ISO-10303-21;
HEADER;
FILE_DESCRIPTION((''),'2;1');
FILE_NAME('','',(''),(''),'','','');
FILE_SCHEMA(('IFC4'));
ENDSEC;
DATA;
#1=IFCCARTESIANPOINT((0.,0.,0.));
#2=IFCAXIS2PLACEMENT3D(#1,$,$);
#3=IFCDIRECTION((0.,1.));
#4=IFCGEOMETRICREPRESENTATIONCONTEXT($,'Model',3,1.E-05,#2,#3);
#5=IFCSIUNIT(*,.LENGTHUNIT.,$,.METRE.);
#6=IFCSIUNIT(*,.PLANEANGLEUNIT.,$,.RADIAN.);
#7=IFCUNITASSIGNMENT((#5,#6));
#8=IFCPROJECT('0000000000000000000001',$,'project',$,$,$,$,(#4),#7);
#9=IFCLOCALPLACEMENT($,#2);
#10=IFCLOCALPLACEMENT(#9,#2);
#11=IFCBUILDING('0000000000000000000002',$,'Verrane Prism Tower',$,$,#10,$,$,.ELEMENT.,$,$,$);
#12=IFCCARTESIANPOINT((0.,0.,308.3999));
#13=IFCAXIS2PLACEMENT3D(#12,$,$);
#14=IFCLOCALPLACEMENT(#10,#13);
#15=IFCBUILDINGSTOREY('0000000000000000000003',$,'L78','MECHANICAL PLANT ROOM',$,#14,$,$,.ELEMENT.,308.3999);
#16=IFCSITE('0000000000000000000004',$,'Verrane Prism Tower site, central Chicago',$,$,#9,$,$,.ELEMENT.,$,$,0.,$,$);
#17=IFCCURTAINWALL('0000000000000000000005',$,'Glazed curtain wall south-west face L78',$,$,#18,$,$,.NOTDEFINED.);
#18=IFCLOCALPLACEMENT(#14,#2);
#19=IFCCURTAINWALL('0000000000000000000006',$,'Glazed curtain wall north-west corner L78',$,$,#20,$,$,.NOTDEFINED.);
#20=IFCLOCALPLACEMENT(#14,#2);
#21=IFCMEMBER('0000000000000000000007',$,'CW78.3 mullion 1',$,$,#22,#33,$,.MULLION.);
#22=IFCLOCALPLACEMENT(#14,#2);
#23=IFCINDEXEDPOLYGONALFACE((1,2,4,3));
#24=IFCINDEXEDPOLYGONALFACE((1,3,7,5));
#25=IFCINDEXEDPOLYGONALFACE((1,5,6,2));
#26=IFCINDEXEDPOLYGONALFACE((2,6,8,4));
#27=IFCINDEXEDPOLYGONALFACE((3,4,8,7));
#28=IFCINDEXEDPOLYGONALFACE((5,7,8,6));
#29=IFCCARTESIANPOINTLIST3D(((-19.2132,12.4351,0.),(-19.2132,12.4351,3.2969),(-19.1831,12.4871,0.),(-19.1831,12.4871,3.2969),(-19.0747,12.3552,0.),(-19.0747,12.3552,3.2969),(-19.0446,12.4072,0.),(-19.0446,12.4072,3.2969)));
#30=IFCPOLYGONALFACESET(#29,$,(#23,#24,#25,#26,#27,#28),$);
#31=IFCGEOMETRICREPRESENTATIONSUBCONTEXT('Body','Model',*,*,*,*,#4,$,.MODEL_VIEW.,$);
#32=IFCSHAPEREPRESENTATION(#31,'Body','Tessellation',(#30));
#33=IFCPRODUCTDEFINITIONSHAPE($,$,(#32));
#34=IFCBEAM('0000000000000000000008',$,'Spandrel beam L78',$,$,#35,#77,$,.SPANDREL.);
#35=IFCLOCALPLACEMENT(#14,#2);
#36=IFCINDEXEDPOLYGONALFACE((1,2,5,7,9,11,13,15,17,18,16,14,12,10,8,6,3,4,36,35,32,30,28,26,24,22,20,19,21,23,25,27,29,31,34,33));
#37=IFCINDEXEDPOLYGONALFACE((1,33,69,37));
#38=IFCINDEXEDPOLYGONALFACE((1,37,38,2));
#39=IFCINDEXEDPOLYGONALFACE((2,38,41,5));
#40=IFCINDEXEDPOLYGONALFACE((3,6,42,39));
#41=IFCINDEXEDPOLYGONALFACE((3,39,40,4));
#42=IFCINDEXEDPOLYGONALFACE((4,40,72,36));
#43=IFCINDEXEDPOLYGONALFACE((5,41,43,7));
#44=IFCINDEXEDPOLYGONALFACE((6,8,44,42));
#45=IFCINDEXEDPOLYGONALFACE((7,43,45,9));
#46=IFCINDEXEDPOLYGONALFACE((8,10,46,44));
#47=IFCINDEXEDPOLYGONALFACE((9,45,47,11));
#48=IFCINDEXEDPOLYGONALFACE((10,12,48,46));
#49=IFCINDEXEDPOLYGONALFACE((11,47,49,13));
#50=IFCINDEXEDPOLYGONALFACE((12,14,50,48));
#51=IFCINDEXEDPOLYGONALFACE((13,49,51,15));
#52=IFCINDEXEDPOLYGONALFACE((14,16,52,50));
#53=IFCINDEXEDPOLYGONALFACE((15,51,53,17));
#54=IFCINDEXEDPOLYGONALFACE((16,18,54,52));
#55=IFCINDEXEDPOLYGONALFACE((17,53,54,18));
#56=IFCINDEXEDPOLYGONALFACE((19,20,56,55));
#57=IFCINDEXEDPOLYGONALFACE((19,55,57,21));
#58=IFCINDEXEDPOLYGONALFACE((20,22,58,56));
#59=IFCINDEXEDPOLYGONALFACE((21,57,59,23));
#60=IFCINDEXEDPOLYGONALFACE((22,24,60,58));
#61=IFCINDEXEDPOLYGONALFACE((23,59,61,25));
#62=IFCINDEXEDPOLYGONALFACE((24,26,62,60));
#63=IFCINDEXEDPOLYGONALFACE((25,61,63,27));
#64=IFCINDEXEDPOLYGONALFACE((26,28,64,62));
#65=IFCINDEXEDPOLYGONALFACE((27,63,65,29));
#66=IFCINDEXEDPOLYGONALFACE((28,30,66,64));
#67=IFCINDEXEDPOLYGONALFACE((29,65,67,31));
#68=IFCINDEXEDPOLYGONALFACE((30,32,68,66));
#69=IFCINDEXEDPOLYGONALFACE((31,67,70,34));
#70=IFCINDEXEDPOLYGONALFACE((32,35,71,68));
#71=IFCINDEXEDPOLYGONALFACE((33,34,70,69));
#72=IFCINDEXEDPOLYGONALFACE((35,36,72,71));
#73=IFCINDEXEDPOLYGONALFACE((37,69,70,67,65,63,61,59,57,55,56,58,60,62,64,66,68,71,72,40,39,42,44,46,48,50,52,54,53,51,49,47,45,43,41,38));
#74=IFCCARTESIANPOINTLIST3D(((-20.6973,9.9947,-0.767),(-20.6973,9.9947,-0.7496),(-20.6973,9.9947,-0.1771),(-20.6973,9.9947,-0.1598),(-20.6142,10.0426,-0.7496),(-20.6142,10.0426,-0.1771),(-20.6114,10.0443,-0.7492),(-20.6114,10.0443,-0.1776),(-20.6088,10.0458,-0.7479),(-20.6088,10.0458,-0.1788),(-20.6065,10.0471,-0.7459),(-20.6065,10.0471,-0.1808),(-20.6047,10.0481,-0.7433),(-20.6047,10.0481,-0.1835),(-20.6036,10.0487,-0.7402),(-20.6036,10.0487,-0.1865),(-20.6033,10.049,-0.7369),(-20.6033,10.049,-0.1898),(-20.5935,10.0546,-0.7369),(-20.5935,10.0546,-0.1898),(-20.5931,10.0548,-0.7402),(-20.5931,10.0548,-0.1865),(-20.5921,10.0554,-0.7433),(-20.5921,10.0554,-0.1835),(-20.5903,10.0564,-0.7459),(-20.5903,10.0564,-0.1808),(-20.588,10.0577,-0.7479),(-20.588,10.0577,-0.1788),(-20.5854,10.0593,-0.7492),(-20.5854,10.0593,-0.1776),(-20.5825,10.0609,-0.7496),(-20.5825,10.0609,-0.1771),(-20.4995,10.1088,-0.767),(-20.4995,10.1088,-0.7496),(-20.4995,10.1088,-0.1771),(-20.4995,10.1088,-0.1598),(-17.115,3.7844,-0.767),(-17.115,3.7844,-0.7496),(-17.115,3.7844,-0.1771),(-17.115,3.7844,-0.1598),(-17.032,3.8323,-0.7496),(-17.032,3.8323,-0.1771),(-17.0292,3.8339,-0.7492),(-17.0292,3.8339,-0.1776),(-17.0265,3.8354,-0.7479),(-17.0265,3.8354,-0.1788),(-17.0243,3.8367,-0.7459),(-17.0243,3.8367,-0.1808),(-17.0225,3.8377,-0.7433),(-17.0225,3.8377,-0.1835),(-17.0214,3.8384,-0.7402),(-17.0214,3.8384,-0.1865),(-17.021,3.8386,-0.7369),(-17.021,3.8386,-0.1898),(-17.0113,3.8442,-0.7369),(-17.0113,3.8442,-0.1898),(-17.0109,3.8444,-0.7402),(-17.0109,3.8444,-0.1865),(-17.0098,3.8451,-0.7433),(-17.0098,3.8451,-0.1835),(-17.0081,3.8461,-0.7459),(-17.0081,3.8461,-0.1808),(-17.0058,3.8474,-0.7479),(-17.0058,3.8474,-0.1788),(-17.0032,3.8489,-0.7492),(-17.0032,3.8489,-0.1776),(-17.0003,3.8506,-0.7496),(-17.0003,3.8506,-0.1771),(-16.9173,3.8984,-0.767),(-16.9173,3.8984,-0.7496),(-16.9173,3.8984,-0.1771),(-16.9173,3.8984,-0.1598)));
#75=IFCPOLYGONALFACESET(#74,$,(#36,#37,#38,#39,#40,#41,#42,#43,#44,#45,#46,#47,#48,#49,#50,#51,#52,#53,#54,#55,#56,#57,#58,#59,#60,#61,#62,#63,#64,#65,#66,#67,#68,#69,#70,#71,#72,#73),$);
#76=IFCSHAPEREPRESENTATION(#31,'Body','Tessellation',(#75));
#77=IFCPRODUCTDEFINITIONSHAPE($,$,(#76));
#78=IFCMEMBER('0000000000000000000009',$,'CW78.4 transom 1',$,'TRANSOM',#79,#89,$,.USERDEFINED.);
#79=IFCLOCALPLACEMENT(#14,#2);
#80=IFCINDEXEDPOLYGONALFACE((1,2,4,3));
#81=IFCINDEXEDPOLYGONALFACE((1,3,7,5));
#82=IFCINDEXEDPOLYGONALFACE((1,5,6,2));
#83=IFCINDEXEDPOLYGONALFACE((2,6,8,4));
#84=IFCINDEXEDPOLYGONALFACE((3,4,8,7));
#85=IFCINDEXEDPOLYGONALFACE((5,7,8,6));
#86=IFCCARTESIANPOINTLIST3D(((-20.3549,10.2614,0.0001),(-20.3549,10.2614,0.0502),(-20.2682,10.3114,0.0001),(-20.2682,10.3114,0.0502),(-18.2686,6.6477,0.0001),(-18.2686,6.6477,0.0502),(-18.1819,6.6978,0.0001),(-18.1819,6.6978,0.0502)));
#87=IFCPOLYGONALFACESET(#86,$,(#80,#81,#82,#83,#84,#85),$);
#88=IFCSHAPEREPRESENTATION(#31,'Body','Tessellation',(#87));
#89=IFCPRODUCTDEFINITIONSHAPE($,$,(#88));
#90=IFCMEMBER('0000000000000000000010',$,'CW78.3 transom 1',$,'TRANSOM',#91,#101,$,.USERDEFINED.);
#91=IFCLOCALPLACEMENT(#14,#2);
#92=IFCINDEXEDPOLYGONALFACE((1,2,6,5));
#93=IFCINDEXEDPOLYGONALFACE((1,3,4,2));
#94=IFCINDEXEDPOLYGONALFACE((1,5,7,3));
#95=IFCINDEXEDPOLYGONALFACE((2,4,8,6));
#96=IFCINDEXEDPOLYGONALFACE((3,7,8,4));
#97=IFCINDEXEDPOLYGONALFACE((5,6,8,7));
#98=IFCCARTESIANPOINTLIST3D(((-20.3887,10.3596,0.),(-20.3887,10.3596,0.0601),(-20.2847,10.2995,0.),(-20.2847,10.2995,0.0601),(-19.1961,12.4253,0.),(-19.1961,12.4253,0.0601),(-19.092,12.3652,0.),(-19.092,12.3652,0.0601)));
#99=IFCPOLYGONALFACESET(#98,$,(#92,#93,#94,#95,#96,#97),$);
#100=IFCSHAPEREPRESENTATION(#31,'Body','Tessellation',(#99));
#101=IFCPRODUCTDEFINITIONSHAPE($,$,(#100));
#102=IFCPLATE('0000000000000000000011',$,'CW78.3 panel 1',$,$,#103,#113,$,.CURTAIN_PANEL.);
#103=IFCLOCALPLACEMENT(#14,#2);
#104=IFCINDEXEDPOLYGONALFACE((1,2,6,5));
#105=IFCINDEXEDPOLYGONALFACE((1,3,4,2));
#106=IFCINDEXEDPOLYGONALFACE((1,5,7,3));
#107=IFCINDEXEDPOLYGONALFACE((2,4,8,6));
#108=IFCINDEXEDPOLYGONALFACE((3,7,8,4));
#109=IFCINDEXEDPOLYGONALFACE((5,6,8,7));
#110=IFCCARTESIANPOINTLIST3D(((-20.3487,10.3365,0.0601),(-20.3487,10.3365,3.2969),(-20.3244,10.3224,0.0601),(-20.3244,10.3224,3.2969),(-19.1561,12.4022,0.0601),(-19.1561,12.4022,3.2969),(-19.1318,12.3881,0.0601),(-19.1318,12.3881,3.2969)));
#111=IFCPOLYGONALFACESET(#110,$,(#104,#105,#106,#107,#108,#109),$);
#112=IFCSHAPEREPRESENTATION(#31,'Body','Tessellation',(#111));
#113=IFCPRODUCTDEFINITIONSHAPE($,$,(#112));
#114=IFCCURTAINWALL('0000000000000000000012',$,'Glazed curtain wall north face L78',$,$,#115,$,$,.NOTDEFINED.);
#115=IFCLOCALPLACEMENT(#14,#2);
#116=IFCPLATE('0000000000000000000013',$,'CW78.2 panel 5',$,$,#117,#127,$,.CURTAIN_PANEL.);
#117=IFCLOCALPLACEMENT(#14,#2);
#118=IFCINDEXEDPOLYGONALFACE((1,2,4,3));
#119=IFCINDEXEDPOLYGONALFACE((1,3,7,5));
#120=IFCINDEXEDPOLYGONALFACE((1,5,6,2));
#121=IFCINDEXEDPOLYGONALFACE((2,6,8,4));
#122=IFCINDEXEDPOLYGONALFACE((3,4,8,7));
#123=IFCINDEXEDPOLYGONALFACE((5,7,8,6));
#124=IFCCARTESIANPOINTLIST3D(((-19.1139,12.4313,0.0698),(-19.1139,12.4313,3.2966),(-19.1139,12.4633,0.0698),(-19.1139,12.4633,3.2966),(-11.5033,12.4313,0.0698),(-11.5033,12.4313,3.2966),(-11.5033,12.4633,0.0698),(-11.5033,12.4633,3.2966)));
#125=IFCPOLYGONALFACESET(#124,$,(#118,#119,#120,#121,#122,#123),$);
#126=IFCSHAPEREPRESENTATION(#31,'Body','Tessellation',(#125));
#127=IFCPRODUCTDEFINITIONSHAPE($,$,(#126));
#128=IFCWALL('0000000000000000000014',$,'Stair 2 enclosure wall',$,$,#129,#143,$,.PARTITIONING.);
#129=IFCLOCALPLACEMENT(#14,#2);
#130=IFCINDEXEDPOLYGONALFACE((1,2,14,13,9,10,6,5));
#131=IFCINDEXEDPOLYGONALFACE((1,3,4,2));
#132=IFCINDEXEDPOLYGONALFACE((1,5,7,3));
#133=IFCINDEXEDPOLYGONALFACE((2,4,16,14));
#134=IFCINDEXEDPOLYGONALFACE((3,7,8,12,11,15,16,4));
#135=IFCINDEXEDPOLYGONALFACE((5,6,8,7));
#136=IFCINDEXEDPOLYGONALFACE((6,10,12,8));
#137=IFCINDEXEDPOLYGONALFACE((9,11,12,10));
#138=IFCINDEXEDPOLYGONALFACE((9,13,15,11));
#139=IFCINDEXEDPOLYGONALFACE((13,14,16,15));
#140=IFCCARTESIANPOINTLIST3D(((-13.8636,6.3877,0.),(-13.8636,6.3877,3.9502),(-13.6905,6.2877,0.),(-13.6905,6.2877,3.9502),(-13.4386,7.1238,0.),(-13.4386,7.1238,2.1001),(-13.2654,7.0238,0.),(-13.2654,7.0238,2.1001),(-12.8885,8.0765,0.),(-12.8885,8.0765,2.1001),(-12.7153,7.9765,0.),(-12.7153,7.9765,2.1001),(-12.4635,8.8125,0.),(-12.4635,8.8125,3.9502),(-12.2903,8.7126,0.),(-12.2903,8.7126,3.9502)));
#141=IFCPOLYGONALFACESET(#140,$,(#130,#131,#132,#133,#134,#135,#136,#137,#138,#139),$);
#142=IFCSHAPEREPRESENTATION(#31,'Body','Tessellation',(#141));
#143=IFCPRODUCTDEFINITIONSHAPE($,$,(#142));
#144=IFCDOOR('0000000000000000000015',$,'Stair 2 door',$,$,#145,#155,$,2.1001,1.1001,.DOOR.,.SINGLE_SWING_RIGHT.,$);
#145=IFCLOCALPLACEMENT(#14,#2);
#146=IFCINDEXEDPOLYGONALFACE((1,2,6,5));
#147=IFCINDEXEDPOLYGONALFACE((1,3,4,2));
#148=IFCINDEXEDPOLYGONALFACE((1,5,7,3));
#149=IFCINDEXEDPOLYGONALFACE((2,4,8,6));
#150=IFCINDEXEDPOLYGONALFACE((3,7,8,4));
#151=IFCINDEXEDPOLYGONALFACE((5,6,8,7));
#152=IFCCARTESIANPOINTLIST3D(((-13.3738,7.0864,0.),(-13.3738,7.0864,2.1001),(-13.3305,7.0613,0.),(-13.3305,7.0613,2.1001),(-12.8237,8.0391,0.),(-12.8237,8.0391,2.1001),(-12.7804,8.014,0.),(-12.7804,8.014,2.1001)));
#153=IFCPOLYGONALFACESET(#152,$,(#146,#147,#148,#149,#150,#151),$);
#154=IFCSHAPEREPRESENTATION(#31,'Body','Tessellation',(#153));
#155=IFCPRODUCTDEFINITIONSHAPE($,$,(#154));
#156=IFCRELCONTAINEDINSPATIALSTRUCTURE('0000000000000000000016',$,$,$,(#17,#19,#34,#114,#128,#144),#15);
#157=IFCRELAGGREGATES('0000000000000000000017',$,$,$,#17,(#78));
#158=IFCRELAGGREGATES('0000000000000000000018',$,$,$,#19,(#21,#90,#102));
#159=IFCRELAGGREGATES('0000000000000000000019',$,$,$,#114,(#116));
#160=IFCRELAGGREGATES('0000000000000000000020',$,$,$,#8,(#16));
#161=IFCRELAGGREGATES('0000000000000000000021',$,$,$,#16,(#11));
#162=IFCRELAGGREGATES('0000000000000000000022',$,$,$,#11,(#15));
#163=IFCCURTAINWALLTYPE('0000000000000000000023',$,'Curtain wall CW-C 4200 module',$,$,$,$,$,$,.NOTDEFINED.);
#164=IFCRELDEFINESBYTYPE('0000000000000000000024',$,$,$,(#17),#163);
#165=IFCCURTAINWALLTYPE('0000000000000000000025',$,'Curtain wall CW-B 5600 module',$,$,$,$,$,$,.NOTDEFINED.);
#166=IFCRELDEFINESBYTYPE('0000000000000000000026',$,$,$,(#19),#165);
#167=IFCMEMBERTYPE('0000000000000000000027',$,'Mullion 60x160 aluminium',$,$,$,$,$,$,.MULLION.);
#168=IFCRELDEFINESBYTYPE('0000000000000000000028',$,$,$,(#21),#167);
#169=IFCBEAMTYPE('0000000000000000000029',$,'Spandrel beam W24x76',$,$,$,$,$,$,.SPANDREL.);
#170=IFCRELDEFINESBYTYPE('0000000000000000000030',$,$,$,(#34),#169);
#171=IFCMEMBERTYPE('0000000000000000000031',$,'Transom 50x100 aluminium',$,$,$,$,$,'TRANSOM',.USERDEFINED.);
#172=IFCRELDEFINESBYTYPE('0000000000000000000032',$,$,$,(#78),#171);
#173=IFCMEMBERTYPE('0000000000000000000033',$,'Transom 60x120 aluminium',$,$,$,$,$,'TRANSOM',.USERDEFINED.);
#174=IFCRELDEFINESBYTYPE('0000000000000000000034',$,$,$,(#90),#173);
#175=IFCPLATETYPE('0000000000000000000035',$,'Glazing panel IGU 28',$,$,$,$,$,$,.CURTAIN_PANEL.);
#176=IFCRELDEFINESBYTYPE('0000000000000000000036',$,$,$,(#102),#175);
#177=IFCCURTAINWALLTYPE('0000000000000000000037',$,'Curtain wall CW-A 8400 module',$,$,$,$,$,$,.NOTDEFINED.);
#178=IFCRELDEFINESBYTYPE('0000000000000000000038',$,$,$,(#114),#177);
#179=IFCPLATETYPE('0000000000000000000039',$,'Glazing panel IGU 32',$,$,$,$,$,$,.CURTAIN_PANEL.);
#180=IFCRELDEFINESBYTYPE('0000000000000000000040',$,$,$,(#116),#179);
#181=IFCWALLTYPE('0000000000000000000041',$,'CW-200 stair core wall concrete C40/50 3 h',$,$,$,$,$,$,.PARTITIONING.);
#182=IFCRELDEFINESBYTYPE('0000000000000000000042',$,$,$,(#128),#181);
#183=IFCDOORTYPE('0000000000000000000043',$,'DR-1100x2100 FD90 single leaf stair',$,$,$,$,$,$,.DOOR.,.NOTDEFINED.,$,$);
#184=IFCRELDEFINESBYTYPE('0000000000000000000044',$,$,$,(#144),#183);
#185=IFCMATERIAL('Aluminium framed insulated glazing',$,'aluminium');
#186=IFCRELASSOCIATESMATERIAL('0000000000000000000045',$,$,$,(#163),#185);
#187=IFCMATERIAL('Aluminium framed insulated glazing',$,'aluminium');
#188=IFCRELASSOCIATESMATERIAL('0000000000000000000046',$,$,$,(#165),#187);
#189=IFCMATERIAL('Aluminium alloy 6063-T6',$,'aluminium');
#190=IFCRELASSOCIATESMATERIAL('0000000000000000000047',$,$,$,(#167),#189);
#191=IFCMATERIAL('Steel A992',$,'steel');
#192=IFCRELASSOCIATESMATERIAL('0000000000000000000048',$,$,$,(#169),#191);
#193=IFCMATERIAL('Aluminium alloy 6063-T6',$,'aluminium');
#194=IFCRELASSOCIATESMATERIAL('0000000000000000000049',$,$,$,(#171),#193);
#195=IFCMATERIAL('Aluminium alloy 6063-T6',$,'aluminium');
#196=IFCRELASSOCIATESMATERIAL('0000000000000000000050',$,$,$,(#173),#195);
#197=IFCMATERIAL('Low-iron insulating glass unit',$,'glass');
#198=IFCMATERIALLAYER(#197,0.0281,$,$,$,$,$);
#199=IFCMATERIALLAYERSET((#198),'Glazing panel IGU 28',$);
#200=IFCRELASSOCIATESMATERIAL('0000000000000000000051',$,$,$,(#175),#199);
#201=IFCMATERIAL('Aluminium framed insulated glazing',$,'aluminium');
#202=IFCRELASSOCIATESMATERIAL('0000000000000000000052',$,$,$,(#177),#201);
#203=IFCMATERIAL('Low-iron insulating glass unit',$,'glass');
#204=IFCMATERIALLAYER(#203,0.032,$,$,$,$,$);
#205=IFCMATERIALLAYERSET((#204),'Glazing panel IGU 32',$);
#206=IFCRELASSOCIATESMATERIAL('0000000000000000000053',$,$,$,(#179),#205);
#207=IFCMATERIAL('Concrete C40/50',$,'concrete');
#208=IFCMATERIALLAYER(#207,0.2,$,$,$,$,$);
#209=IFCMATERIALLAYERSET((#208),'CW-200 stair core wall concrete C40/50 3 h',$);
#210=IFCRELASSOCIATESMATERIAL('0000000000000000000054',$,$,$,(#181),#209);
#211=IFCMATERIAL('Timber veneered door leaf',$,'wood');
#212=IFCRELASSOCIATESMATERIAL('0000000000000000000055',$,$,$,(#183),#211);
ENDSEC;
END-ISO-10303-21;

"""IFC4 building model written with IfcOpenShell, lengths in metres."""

from ifc_helpers import new_model, si_unit, direction, frame, frame_2d, origin, origin_2d, place, context, subcontext, project, spatial, rectangle, i_section, extrude, material, layer, layer_set, material_profile, profile_set, type_object, element, fill, aggregate, save


model = new_model("IFC4")

# Units and contexts
model_context = context("Model", 3, precision=1e-05, world=origin(), true_north=direction((0.0, 1.0)))
body_context = subcontext(model_context, "Body", "Model", "MODEL_VIEW")
ifc_project = project(units=[si_unit("LENGTHUNIT", "METRE"), si_unit("PLANEANGLEUNIT", "RADIAN")], contexts=[model_context])

# Site, building, storey
site_placement = place(None, origin())
site = spatial("IfcSite", under=ifc_project, at=site_placement, Name="Verrane Prism Tower site, central Chicago", CompositionType="ELEMENT", RefElevation=0.0)
building_placement = place(site_placement, origin())
building = spatial("IfcBuilding", under=site, at=building_placement, Name="Verrane Prism Tower", CompositionType="ELEMENT")
storey_placement = place(building_placement, frame((0.0, 0.0, 308.3999)))
storey = spatial("IfcBuildingStorey", under=building, at=storey_placement, Name="L78", Description="MECHANICAL PLANT ROOM", CompositionType="ELEMENT", Elevation=308.3999)

# Curtain walls, member
ifc_material_1 = material(Name="Aluminium framed insulated glazing", Category="aluminium")
curtain_wall_type_1 = type_object("IfcCurtainWallType", Name="Curtain wall CW-C 4200 module", PredefinedType="NOTDEFINED", material=ifc_material_1)
curtain_wall_1_placement = place(storey_placement, origin())
curtain_wall_1 = element("IfcCurtainWall", 1, at=curtain_wall_1_placement, inside=storey, type_object=curtain_wall_type_1, Name="Glazed curtain wall south-west face L78", PredefinedType="NOTDEFINED")
ifc_material_2 = material(Name="Aluminium framed insulated glazing", Category="aluminium")
curtain_wall_type_2 = type_object("IfcCurtainWallType", Name="Curtain wall CW-B 5600 module", PredefinedType="NOTDEFINED", material=ifc_material_2)
curtain_wall_2_placement = place(storey_placement, origin())
curtain_wall_2 = element("IfcCurtainWall", 2, at=curtain_wall_2_placement, inside=storey, type_object=curtain_wall_type_2, Name="Glazed curtain wall north-west corner L78", PredefinedType="NOTDEFINED")
ifc_material_3 = material(Name="Aluminium alloy 6063-T6", Category="aluminium")
ifc_material_profile_1 = material_profile(ifc_material_3, rectangle(XDim=0.1599, YDim=0.0601, at=origin_2d()), Name="Mullion 60x160 aluminium")
ifc_profile_set_1 = profile_set([ifc_material_profile_1], Name="Aluminium alloy 6063-T6")
member_type_1 = type_object("IfcMemberType", Name="Mullion 60x160 aluminium", PredefinedType="MULLION", material=ifc_profile_set_1)
member_1_placement = place(storey_placement, frame((-19.1289, 12.4211, 0.0), z_axis=(0.0, 0.0, 1.0), x_axis=(0.866025, -0.500001, 0.0)))
member_1 = element("IfcMember", 3, at=member_1_placement, type_object=member_type_1, Name="CW78.3 mullion 1", PredefinedType="MULLION", context=body_context, shape_type="SweptSolid", body=[
    extrude(rectangle(XDim=0.1599, YDim=0.0601, at=origin_2d()), origin(), (0.0, 0.0, 1.0), 3.2969),
])

# Beam
ifc_material_4 = material(Name="Steel A992", Category="steel")
ifc_material_profile_2 = material_profile(ifc_material_4, i_section(OverallWidth=0.2283, OverallDepth=0.6072, WebThickness=0.0112, FlangeThickness=0.0173, FilletRadius=0.0127, at=origin_2d()), Name="W24x76")
ifc_profile_set_2 = profile_set([ifc_material_profile_2], Name="Steel A992")
beam_type_1 = type_object("IfcBeamType", Name="Spandrel beam W24x76", PredefinedType="SPANDREL", material=ifc_profile_set_2)
beam_1_placement = place(storey_placement, frame((-20.5984, 10.0518, -0.4634), z_axis=(0.499652, -0.866226, 0.0), x_axis=(0.866226, 0.499652, 0.0)))
element("IfcBeam", 4, at=beam_1_placement, inside=storey, type_object=beam_type_1, Name="Spandrel beam L78", PredefinedType="SPANDREL", context=body_context, shape_type="SweptSolid", body=[
    extrude(i_section(OverallWidth=0.2283, OverallDepth=0.6072, WebThickness=0.0112, FlangeThickness=0.0173, FilletRadius=0.0127, at=origin_2d()), origin(), (0.0, 0.0, 1.0), 7.1694),
])

# Members
ifc_material_5 = material(Name="Aluminium alloy 6063-T6", Category="aluminium")
ifc_material_profile_3 = material_profile(ifc_material_5, rectangle(XDim=0.1001, YDim=0.05, at=origin_2d()), Name="Transom 50x100 aluminium")
ifc_profile_set_3 = profile_set([ifc_material_profile_3], Name="Aluminium alloy 6063-T6")
member_type_2 = type_object("IfcMemberType", Name="Transom 50x100 aluminium", ElementType="TRANSOM", PredefinedType="USERDEFINED", material=ifc_profile_set_3)
member_2_placement = place(storey_placement, frame((-20.3115, 10.2864, 0.0251), z_axis=(0.499984, -0.866035, 0.0), x_axis=(0.866035, 0.499984, 0.0)))
member_2 = element("IfcMember", 5, at=member_2_placement, type_object=member_type_2, Name="CW78.4 transom 1", ObjectType="TRANSOM", PredefinedType="USERDEFINED", context=body_context, shape_type="SweptSolid", body=[
    extrude(rectangle(XDim=0.1001, YDim=0.05, at=origin_2d()), origin(), (0.0, 0.0, 1.0), 4.1726),
])
aggregate(curtain_wall_1, [member_2])
ifc_material_6 = material(Name="Aluminium alloy 6063-T6", Category="aluminium")
ifc_material_profile_4 = material_profile(ifc_material_6, rectangle(XDim=0.1201, YDim=0.0601, at=origin_2d()), Name="Transom 60x120 aluminium")
ifc_profile_set_4 = profile_set([ifc_material_profile_4], Name="Aluminium alloy 6063-T6")
member_type_3 = type_object("IfcMemberType", Name="Transom 60x120 aluminium", ElementType="TRANSOM", PredefinedType="USERDEFINED", material=ifc_profile_set_4)
member_3_placement = place(storey_placement, frame((-19.144, 12.3953, 0.03), z_axis=(-0.500003, -0.866024, 0.0), x_axis=(0.866024, -0.500003, 0.0)))
member_3 = element("IfcMember", 6, at=member_3_placement, type_object=member_type_3, Name="CW78.3 transom 1", ObjectType="TRANSOM", PredefinedType="USERDEFINED", context=body_context, shape_type="SweptSolid", body=[
    extrude(rectangle(XDim=0.1201, YDim=0.0601, at=origin_2d()), origin(), (0.0, 0.0, 1.0), 2.3853),
])

# Plate
ifc_material_7 = material(Name="Low-iron insulating glass unit", Category="glass")
ifc_layer_1 = layer(ifc_material_7, 0.0281)
ifc_layer_set_1 = layer_set([ifc_layer_1], Name="Glazing panel IGU 28")
plate_type_1 = type_object("IfcPlateType", Name="Glazing panel IGU 28", PredefinedType="CURTAIN_PANEL", material=ifc_layer_set_1)
plate_1_placement = place(storey_placement, frame((-19.7402, 11.3623, 0.0601), z_axis=(0.0, 0.0, 1.0), x_axis=(-0.500001, -0.866025, 0.0)))
plate_1 = element("IfcPlate", 7, at=plate_1_placement, type_object=plate_type_1, Name="CW78.3 panel 1", PredefinedType="CURTAIN_PANEL", context=body_context, shape_type="SweptSolid", body=[
    extrude(rectangle(XDim=2.3853, YDim=0.0281, at=origin_2d()), origin(), (0.0, 0.0, 1.0), 3.2368),
])
aggregate(curtain_wall_2, [member_1, member_3, plate_1])

# Curtain wall, plate
ifc_material_8 = material(Name="Aluminium framed insulated glazing", Category="aluminium")
curtain_wall_type_3 = type_object("IfcCurtainWallType", Name="Curtain wall CW-A 8400 module", PredefinedType="NOTDEFINED", material=ifc_material_8)
curtain_wall_3_placement = place(storey_placement, origin())
curtain_wall_3 = element("IfcCurtainWall", 8, at=curtain_wall_3_placement, inside=storey, type_object=curtain_wall_type_3, Name="Glazed curtain wall north face L78", PredefinedType="NOTDEFINED")
ifc_material_9 = material(Name="Low-iron insulating glass unit", Category="glass")
ifc_layer_2 = layer(ifc_material_9, 0.032)
ifc_layer_set_2 = layer_set([ifc_layer_2], Name="Glazing panel IGU 32")
plate_type_2 = type_object("IfcPlateType", Name="Glazing panel IGU 32", PredefinedType="CURTAIN_PANEL", material=ifc_layer_set_2)
plate_2_placement = place(storey_placement, frame((-15.3086, 12.4473, 0.0698), z_axis=(0.0, 0.0, 1.0), x_axis=(-1.0, 0.0, 0.0)))
plate_2 = element("IfcPlate", 9, at=plate_2_placement, type_object=plate_type_2, Name="CW78.2 panel 5", PredefinedType="CURTAIN_PANEL", context=body_context, shape_type="SweptSolid", body=[
    extrude(rectangle(XDim=7.6106, YDim=0.032, at=origin_2d()), origin(), (0.0, 0.0, 1.0), 3.2268),
])
aggregate(curtain_wall_3, [plate_2])

# Wall, opening, door
ifc_material_10 = material(Name="Concrete C40/50", Category="concrete")
ifc_layer_3 = layer(ifc_material_10, 0.2)
ifc_layer_set_3 = layer_set([ifc_layer_3], Name="CW-200 stair core wall concrete C40/50 3 h")
wall_type_1 = type_object("IfcWallType", Name="CW-200 stair core wall concrete C40/50 3 h", PredefinedType="PARTITIONING", material=ifc_layer_set_3)
wall_1_placement = place(storey_placement, frame((-12.377, 8.7625, 0.0), z_axis=(0.0, 0.0, 1.0), x_axis=(-0.50005, -0.865997, 0.0)))
wall_1 = element("IfcWall", 10, at=wall_1_placement, inside=storey, type_object=wall_type_1, Name="Stair 2 enclosure wall", PredefinedType="PARTITIONING", context=body_context, shape_type="SweptSolid", body=[
    extrude(rectangle(XDim=2.8, YDim=0.2, at=frame_2d((1.3999, 0.0))), origin(), (0.0, 0.0, 1.0), 3.9502),
])
opening_1_placement = place(wall_1_placement, frame((0.8499, 0.0, 0.0)))
opening_1 = element("IfcOpeningElement", 11, at=opening_1_placement, cuts=wall_1, PredefinedType="OPENING", context=body_context, shape_type="SweptSolid", body=[
    extrude(rectangle(XDim=1.1001, YDim=2.1001, at=frame_2d((0.55, 1.05))), frame((0.0, 0.1099, 0.0), z_axis=(0.0, -1.0, 0.0), x_axis=(1.0, 0.0, 0.0)), (0.0, 0.0, 1.0), 0.22),
])
ifc_material_11 = material(Name="Timber veneered door leaf", Category="wood")
door_type_1 = type_object("IfcDoorType", Name="DR-1100x2100 FD90 single leaf stair", OperationType="NOTDEFINED", PredefinedType="DOOR", material=ifc_material_11)
door_1_placement = place(opening_1_placement, origin())
door_1 = element("IfcDoor", 12, at=door_1_placement, inside=storey, type_object=door_type_1, Name="Stair 2 door", OperationType="SINGLE_SWING_RIGHT", OverallHeight=2.1001, OverallWidth=1.1001, PredefinedType="DOOR", context=body_context, shape_type="SweptSolid", body=[
    extrude(rectangle(XDim=1.1001, YDim=2.1001, at=frame_2d((0.55, 1.05))), frame((0.0, 0.0249, 0.0), z_axis=(0.0, -1.0, 0.0), x_axis=(1.0, 0.0, 0.0)), (0.0, 0.0, 1.0), 0.05),
])
fill(opening_1, door_1)

save(model, "model.ifc")
